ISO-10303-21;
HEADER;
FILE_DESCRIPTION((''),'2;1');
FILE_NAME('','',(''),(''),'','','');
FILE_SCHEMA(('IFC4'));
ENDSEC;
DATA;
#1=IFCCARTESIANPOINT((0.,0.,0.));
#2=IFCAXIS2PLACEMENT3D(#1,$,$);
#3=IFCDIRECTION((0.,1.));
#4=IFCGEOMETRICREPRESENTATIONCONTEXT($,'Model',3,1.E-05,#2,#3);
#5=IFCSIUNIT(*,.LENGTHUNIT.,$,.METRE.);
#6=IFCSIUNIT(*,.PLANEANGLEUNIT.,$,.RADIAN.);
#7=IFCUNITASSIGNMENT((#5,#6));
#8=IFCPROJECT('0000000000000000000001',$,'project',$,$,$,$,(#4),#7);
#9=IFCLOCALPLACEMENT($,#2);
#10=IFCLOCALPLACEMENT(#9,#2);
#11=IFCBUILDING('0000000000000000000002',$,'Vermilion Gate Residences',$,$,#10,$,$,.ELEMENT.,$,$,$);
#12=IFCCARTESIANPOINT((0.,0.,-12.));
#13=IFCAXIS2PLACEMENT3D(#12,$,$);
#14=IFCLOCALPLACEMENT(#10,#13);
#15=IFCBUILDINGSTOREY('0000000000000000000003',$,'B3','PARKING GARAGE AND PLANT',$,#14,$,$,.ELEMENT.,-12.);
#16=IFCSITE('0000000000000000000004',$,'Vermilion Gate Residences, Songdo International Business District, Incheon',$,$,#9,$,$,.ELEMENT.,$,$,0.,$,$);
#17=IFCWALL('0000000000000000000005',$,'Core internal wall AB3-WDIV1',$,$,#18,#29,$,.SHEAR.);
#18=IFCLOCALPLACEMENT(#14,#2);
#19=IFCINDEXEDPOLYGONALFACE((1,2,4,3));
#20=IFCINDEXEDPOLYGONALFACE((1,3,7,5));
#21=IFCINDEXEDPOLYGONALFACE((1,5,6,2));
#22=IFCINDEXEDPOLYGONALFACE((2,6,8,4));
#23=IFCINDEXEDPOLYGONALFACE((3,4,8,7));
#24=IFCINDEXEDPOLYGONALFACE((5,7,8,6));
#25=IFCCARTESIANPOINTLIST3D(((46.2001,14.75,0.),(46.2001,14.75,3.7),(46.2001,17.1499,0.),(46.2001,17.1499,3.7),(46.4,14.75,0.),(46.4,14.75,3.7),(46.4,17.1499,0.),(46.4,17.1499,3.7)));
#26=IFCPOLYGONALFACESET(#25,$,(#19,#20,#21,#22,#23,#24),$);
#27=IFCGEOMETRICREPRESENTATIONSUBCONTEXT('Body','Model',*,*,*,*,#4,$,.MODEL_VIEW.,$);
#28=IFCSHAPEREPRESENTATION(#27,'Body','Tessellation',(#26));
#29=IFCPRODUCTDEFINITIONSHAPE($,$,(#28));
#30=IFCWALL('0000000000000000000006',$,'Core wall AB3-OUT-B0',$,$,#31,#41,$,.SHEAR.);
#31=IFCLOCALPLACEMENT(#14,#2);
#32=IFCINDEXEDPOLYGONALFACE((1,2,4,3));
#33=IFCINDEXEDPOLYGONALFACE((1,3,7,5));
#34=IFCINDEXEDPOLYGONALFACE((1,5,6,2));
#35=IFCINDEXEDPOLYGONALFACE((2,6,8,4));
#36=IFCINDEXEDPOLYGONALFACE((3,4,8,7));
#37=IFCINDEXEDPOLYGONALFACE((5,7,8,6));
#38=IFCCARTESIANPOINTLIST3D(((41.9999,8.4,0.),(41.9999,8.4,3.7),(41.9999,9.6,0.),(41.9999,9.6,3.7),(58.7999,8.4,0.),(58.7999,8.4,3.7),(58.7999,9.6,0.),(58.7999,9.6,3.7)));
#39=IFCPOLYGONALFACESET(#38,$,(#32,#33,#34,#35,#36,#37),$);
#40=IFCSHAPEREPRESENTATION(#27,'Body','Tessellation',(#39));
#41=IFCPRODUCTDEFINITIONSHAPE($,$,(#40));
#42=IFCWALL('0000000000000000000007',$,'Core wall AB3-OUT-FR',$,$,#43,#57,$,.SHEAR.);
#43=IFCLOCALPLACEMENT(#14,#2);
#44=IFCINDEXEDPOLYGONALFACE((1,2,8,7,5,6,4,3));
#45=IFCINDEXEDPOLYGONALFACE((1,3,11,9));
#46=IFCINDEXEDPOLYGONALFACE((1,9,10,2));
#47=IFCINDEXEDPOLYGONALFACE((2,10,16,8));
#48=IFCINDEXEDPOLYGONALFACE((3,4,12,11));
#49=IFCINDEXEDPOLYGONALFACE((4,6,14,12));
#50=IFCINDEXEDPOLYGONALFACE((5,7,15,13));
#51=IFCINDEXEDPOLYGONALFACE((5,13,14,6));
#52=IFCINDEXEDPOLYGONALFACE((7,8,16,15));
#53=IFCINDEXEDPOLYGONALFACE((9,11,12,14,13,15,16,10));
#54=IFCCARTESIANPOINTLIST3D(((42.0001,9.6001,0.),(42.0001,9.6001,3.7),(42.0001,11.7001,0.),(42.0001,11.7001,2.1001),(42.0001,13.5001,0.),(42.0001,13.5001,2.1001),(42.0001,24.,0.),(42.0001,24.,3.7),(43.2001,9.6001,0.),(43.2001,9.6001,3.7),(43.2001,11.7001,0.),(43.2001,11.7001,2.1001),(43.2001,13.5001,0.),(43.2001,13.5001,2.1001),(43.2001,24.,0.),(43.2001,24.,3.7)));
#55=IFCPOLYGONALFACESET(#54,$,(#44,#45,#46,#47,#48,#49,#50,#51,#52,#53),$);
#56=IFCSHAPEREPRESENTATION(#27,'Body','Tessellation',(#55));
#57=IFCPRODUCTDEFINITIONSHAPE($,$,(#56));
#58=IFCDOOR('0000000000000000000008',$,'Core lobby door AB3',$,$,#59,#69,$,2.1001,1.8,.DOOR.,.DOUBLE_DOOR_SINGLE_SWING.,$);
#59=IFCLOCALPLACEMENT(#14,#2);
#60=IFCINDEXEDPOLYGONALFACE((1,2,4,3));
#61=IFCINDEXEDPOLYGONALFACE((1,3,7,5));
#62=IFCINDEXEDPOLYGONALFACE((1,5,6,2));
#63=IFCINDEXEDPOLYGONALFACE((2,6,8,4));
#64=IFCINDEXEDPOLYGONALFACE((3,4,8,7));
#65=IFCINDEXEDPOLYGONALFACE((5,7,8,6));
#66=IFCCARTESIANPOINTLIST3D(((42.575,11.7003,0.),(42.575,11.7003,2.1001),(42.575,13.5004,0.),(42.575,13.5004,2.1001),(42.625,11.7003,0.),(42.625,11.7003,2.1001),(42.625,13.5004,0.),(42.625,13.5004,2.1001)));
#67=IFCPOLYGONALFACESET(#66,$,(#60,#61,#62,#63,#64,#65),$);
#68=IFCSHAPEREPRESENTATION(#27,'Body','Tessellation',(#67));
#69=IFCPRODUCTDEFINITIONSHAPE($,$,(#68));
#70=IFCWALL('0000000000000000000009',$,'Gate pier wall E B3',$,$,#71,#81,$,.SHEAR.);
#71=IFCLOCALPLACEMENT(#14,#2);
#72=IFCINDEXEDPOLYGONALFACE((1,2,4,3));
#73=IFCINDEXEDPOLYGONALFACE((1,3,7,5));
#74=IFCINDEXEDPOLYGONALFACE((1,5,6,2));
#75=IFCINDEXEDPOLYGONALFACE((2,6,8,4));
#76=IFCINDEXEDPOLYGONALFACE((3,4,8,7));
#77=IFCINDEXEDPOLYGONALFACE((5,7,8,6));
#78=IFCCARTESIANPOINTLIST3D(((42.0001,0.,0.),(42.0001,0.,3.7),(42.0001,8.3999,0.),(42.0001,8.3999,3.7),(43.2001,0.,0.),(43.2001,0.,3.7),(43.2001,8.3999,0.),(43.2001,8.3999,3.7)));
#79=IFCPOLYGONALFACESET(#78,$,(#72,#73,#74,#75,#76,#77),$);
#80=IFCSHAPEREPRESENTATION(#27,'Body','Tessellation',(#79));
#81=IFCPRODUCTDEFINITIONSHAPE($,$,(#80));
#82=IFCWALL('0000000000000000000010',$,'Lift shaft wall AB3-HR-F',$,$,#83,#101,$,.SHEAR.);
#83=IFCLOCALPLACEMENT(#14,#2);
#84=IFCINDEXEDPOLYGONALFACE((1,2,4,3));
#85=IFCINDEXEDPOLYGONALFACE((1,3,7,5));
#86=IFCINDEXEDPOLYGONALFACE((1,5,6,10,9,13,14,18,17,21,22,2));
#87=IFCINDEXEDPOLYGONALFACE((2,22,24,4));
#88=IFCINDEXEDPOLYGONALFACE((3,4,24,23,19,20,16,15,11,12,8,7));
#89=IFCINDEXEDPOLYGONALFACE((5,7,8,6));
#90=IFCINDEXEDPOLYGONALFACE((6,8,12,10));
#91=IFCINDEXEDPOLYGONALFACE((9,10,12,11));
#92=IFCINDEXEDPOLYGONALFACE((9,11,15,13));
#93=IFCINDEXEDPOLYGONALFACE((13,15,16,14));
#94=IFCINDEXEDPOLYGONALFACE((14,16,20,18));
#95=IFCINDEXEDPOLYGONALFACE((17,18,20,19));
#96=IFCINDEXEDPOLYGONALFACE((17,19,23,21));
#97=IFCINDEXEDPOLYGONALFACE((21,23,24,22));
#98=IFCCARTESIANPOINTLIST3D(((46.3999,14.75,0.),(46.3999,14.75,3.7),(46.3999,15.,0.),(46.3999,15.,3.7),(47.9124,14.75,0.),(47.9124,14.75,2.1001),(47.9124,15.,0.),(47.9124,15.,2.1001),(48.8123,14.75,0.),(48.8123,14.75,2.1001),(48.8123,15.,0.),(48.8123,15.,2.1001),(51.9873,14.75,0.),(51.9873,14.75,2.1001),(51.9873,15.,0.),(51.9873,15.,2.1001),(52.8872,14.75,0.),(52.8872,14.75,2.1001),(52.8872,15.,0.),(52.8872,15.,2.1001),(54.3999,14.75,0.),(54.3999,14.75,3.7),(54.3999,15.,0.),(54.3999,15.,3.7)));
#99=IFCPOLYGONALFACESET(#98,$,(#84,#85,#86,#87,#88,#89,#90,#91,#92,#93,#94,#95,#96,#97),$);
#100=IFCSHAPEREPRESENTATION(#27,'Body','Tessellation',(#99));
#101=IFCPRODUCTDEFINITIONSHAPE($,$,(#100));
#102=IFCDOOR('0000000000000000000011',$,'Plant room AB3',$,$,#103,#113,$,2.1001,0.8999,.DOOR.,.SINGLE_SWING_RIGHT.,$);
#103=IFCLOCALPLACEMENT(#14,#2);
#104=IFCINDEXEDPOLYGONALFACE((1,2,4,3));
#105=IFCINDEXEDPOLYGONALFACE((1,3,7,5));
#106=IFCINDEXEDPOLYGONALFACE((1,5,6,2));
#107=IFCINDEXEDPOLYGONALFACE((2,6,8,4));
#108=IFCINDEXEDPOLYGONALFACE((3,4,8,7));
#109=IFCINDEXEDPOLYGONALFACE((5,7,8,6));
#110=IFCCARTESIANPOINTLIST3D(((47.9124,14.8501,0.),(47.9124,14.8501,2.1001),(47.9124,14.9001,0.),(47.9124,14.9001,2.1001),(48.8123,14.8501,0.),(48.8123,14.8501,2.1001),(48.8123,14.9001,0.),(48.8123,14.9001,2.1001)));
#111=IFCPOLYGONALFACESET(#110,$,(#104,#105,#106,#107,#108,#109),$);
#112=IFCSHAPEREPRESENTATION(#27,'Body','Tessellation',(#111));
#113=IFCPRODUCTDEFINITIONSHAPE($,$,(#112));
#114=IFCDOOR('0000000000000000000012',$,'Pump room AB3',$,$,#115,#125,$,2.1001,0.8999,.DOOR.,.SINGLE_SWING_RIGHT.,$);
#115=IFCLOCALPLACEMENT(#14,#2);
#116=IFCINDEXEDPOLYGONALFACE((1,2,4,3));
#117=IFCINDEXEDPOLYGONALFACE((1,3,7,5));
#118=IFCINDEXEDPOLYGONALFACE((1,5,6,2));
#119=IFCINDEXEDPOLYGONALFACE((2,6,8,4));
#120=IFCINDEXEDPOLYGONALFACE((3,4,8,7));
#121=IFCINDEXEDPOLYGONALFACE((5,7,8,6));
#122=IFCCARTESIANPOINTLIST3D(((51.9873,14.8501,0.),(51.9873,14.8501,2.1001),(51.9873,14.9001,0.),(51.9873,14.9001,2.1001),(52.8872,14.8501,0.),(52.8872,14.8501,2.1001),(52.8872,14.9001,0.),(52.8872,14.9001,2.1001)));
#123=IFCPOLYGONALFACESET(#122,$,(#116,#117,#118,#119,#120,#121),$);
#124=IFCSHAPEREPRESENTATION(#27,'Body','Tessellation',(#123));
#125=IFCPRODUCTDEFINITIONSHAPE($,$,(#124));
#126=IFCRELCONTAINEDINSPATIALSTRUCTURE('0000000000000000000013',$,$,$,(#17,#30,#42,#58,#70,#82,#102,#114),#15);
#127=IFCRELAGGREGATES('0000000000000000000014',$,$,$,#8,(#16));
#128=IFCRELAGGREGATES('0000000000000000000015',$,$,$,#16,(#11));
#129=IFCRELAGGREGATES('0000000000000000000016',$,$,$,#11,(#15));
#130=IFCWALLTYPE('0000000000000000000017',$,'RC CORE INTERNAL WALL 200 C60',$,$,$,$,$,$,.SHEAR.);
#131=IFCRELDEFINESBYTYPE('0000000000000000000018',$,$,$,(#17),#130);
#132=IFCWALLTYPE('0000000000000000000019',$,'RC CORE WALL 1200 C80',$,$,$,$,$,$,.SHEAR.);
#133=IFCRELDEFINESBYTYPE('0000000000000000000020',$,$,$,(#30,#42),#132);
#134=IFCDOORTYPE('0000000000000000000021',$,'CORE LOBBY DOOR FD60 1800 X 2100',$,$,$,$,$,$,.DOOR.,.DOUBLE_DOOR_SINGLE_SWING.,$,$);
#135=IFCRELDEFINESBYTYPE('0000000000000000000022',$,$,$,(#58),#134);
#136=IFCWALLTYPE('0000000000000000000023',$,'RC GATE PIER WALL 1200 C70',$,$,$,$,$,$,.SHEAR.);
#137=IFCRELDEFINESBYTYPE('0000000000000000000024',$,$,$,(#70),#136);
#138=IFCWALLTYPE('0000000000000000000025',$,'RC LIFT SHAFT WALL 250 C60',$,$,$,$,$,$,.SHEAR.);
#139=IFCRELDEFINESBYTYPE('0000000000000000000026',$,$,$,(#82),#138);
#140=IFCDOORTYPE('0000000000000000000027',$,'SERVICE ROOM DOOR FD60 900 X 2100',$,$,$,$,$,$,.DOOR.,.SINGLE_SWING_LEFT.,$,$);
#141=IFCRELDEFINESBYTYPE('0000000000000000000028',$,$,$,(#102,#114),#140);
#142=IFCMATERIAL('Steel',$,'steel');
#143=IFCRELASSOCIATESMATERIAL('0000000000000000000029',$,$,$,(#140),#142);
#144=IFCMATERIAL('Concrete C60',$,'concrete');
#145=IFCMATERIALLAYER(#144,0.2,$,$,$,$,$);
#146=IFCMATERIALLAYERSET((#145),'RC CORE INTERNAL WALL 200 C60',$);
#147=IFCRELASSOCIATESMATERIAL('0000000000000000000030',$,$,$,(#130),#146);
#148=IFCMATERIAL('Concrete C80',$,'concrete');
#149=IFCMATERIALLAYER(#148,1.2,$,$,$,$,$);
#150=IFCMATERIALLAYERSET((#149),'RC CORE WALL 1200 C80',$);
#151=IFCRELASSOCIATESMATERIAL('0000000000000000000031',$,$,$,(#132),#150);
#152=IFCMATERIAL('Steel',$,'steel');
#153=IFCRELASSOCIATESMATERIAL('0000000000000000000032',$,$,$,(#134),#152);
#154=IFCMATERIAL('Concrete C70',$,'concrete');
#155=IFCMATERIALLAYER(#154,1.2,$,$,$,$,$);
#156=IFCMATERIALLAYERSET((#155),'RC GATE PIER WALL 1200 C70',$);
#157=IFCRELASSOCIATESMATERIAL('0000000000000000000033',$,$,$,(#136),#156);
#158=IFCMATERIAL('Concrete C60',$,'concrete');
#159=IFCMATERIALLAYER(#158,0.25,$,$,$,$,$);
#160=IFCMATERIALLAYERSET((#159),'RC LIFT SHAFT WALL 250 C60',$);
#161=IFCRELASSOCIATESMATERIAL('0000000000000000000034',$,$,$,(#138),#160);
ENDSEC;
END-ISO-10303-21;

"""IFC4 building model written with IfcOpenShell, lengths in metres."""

from ifc_helpers import new_model, si_unit, direction, frame, frame_2d, origin, place, context, subcontext, project, spatial, rectangle, extrude, material, layer, layer_set, type_object, element, fill, save


model = new_model("IFC4")

# Units and contexts
model_context = context("Model", 3, precision=1e-05, world=origin(), true_north=direction((0.0, 1.0)))
body_context = subcontext(model_context, "Body", "Model", "MODEL_VIEW")
ifc_project = project(units=[si_unit("LENGTHUNIT", "METRE"), si_unit("PLANEANGLEUNIT", "RADIAN")], contexts=[model_context])

# Site, building, storey
site_placement = place(None, origin())
site = spatial("IfcSite", under=ifc_project, at=site_placement, Name="Vermilion Gate Residences, Songdo International Business District, Incheon", CompositionType="ELEMENT", RefElevation=0.0)
building_placement = place(site_placement, origin())
building = spatial("IfcBuilding", under=site, at=building_placement, Name="Vermilion Gate Residences", CompositionType="ELEMENT")
storey_placement = place(building_placement, frame((0.0, 0.0, -12.0)))
storey = spatial("IfcBuildingStorey", under=building, at=storey_placement, Name="B3", Description="PARKING GARAGE AND PLANT", CompositionType="ELEMENT", Elevation=-12.0)

# Shared definitions
ifc_material_1 = material(Name="Steel", Category="steel")
door_type_1 = type_object("IfcDoorType", Name="SERVICE ROOM DOOR FD60 900 X 2100", OperationType="SINGLE_SWING_LEFT", PredefinedType="DOOR", material=ifc_material_1)

# Walls
ifc_material_2 = material(Name="Concrete C60", Category="concrete")
ifc_layer_1 = layer(ifc_material_2, 0.2)
ifc_layer_set_1 = layer_set([ifc_layer_1], Name="RC CORE INTERNAL WALL 200 C60")
wall_type_1 = type_object("IfcWallType", Name="RC CORE INTERNAL WALL 200 C60", PredefinedType="SHEAR", material=ifc_layer_set_1)
wall_1_placement = place(storey_placement, frame((46.3, 14.75, 0.0), z_axis=(0.0, 0.0, 1.0), x_axis=(0.0, 1.0, 0.0)))
element("IfcWall", 1, at=wall_1_placement, inside=storey, type_object=wall_type_1, Name="Core internal wall AB3-WDIV1", PredefinedType="SHEAR", context=body_context, shape_type="SweptSolid", body=[
    extrude(rectangle(XDim=2.3999, YDim=0.2, at=frame_2d((1.2, 0.0))), origin(), (0.0, 0.0, 1.0), 3.7),
])
ifc_material_3 = material(Name="Concrete C80", Category="concrete")
ifc_layer_2 = layer(ifc_material_3, 1.2)
ifc_layer_set_2 = layer_set([ifc_layer_2], Name="RC CORE WALL 1200 C80")
wall_type_2 = type_object("IfcWallType", Name="RC CORE WALL 1200 C80", PredefinedType="SHEAR", material=ifc_layer_set_2)
wall_2_placement = place(storey_placement, frame((42.0, 9.0, 0.0), z_axis=(0.0, 0.0, 1.0), x_axis=(1.0, 0.0, 0.0)))
element("IfcWall", 2, at=wall_2_placement, inside=storey, type_object=wall_type_2, Name="Core wall AB3-OUT-B0", PredefinedType="SHEAR", context=body_context, shape_type="SweptSolid", body=[
    extrude(rectangle(XDim=16.8, YDim=1.2, at=frame_2d((8.3999, 0.0))), origin(), (0.0, 0.0, 1.0), 3.7),
])

# Wall, opening, door
wall_3_placement = place(storey_placement, frame((42.6001, 9.6001, 0.0), z_axis=(0.0, 0.0, 1.0), x_axis=(0.0, 1.0, 0.0)))
wall_3 = element("IfcWall", 3, at=wall_3_placement, inside=storey, type_object=wall_type_2, Name="Core wall AB3-OUT-FR", PredefinedType="SHEAR", context=body_context, shape_type="SweptSolid", body=[
    extrude(rectangle(XDim=14.3999, YDim=1.2, at=frame_2d((7.2, 0.0))), origin(), (0.0, 0.0, 1.0), 3.7),
])
opening_1_placement = place(wall_3_placement, frame((2.1001, 0.0, 0.0)))
opening_1 = element("IfcOpeningElement", 4, at=opening_1_placement, cuts=wall_3, PredefinedType="OPENING", context=body_context, shape_type="SweptSolid", body=[
    extrude(rectangle(XDim=1.8, YDim=2.1001, at=frame_2d((0.8999, 1.05))), frame((0.0, 0.6099, 0.0), z_axis=(0.0, -1.0, 0.0), x_axis=(1.0, 0.0, 0.0)), (0.0, 0.0, 1.0), 1.22),
])
ifc_material_4 = material(Name="Steel", Category="steel")
door_type_2 = type_object("IfcDoorType", Name="CORE LOBBY DOOR FD60 1800 X 2100", OperationType="DOUBLE_DOOR_SINGLE_SWING", PredefinedType="DOOR", material=ifc_material_4)
door_1_placement = place(opening_1_placement, frame((1.8, 0.0, 0.0), z_axis=(0.0, 0.0, 1.0), x_axis=(-1.0, 0.0, 0.0)))
door_1 = element("IfcDoor", 5, at=door_1_placement, inside=storey, type_object=door_type_2, Name="Core lobby door AB3", OperationType="DOUBLE_DOOR_SINGLE_SWING", OverallHeight=2.1001, OverallWidth=1.8, PredefinedType="DOOR", context=body_context, shape_type="SweptSolid", body=[
    extrude(rectangle(XDim=1.8, YDim=2.1001, at=frame_2d((0.8999, 1.05))), frame((0.0, 0.0249, 0.0), z_axis=(0.0, -1.0, 0.0), x_axis=(1.0, 0.0, 0.0)), (0.0, 0.0, 1.0), 0.05),
])
fill(opening_1, door_1)

# Wall
ifc_material_5 = material(Name="Concrete C70", Category="concrete")
ifc_layer_3 = layer(ifc_material_5, 1.2)
ifc_layer_set_3 = layer_set([ifc_layer_3], Name="RC GATE PIER WALL 1200 C70")
wall_type_3 = type_object("IfcWallType", Name="RC GATE PIER WALL 1200 C70", PredefinedType="SHEAR", material=ifc_layer_set_3)
wall_4_placement = place(storey_placement, frame((42.6001, 0.0, 0.0), z_axis=(0.0, 0.0, 1.0), x_axis=(0.0, 1.0, 0.0)))
element("IfcWall", 6, at=wall_4_placement, inside=storey, type_object=wall_type_3, Name="Gate pier wall E B3", PredefinedType="SHEAR", context=body_context, shape_type="SweptSolid", body=[
    extrude(rectangle(XDim=8.3999, YDim=1.2, at=frame_2d((4.2, 0.0))), origin(), (0.0, 0.0, 1.0), 3.7),
])

# Wall, openings, doors
ifc_material_6 = material(Name="Concrete C60", Category="concrete")
ifc_layer_4 = layer(ifc_material_6, 0.25)
ifc_layer_set_4 = layer_set([ifc_layer_4], Name="RC LIFT SHAFT WALL 250 C60")
wall_type_4 = type_object("IfcWallType", Name="RC LIFT SHAFT WALL 250 C60", PredefinedType="SHEAR", material=ifc_layer_set_4)
wall_5_placement = place(storey_placement, frame((46.3999, 14.875, 0.0), z_axis=(0.0, 0.0, 1.0), x_axis=(1.0, 0.0, 0.0)))
wall_5 = element("IfcWall", 7, at=wall_5_placement, inside=storey, type_object=wall_type_4, Name="Lift shaft wall AB3-HR-F", PredefinedType="SHEAR", context=body_context, shape_type="SweptSolid", body=[
    extrude(rectangle(XDim=8.0, YDim=0.25, at=frame_2d((4.0, 0.0))), origin(), (0.0, 0.0, 1.0), 3.7),
])
opening_2_placement = place(wall_5_placement, frame((1.5125, 0.0, 0.0)))
opening_2 = element("IfcOpeningElement", 8, at=opening_2_placement, cuts=wall_5, PredefinedType="OPENING", context=body_context, shape_type="SweptSolid", body=[
    extrude(rectangle(XDim=0.8999, YDim=2.1001, at=frame_2d((0.45, 1.05))), frame((0.0, 0.135, 0.0), z_axis=(0.0, -1.0, 0.0), x_axis=(1.0, 0.0, 0.0)), (0.0, 0.0, 1.0), 0.27),
])
opening_3_placement = place(wall_5_placement, frame((5.5874, 0.0, 0.0)))
opening_3 = element("IfcOpeningElement", 9, at=opening_3_placement, cuts=wall_5, PredefinedType="OPENING", context=body_context, shape_type="SweptSolid", body=[
    extrude(rectangle(XDim=0.8999, YDim=2.1001, at=frame_2d((0.45, 1.05))), frame((0.0, 0.135, 0.0), z_axis=(0.0, -1.0, 0.0), x_axis=(1.0, 0.0, 0.0)), (0.0, 0.0, 1.0), 0.27),
])
door_2_placement = place(opening_2_placement, frame((0.8999, 0.0, 0.0), z_axis=(0.0, 0.0, 1.0), x_axis=(-1.0, 0.0, 0.0)))
door_2 = element("IfcDoor", 10, at=door_2_placement, inside=storey, type_object=door_type_1, Name="Plant room AB3", OperationType="SINGLE_SWING_RIGHT", OverallHeight=2.1001, OverallWidth=0.8999, PredefinedType="DOOR", context=body_context, shape_type="SweptSolid", body=[
    extrude(rectangle(XDim=0.8999, YDim=2.1001, at=frame_2d((0.45, 1.05))), frame((0.0, 0.0249, 0.0), z_axis=(0.0, -1.0, 0.0), x_axis=(1.0, 0.0, 0.0)), (0.0, 0.0, 1.0), 0.05),
])
fill(opening_2, door_2)
door_3_placement = place(opening_3_placement, frame((0.8999, 0.0, 0.0), z_axis=(0.0, 0.0, 1.0), x_axis=(-1.0, 0.0, 0.0)))
door_3 = element("IfcDoor", 11, at=door_3_placement, inside=storey, type_object=door_type_1, Name="Pump room AB3", OperationType="SINGLE_SWING_RIGHT", OverallHeight=2.1001, OverallWidth=0.8999, PredefinedType="DOOR", context=body_context, shape_type="SweptSolid", body=[
    extrude(rectangle(XDim=0.8999, YDim=2.1001, at=frame_2d((0.45, 1.05))), frame((0.0, 0.0249, 0.0), z_axis=(0.0, -1.0, 0.0), x_axis=(1.0, 0.0, 0.0)), (0.0, 0.0, 1.0), 0.05),
])
fill(opening_3, door_3)

save(model, "model.ifc")
